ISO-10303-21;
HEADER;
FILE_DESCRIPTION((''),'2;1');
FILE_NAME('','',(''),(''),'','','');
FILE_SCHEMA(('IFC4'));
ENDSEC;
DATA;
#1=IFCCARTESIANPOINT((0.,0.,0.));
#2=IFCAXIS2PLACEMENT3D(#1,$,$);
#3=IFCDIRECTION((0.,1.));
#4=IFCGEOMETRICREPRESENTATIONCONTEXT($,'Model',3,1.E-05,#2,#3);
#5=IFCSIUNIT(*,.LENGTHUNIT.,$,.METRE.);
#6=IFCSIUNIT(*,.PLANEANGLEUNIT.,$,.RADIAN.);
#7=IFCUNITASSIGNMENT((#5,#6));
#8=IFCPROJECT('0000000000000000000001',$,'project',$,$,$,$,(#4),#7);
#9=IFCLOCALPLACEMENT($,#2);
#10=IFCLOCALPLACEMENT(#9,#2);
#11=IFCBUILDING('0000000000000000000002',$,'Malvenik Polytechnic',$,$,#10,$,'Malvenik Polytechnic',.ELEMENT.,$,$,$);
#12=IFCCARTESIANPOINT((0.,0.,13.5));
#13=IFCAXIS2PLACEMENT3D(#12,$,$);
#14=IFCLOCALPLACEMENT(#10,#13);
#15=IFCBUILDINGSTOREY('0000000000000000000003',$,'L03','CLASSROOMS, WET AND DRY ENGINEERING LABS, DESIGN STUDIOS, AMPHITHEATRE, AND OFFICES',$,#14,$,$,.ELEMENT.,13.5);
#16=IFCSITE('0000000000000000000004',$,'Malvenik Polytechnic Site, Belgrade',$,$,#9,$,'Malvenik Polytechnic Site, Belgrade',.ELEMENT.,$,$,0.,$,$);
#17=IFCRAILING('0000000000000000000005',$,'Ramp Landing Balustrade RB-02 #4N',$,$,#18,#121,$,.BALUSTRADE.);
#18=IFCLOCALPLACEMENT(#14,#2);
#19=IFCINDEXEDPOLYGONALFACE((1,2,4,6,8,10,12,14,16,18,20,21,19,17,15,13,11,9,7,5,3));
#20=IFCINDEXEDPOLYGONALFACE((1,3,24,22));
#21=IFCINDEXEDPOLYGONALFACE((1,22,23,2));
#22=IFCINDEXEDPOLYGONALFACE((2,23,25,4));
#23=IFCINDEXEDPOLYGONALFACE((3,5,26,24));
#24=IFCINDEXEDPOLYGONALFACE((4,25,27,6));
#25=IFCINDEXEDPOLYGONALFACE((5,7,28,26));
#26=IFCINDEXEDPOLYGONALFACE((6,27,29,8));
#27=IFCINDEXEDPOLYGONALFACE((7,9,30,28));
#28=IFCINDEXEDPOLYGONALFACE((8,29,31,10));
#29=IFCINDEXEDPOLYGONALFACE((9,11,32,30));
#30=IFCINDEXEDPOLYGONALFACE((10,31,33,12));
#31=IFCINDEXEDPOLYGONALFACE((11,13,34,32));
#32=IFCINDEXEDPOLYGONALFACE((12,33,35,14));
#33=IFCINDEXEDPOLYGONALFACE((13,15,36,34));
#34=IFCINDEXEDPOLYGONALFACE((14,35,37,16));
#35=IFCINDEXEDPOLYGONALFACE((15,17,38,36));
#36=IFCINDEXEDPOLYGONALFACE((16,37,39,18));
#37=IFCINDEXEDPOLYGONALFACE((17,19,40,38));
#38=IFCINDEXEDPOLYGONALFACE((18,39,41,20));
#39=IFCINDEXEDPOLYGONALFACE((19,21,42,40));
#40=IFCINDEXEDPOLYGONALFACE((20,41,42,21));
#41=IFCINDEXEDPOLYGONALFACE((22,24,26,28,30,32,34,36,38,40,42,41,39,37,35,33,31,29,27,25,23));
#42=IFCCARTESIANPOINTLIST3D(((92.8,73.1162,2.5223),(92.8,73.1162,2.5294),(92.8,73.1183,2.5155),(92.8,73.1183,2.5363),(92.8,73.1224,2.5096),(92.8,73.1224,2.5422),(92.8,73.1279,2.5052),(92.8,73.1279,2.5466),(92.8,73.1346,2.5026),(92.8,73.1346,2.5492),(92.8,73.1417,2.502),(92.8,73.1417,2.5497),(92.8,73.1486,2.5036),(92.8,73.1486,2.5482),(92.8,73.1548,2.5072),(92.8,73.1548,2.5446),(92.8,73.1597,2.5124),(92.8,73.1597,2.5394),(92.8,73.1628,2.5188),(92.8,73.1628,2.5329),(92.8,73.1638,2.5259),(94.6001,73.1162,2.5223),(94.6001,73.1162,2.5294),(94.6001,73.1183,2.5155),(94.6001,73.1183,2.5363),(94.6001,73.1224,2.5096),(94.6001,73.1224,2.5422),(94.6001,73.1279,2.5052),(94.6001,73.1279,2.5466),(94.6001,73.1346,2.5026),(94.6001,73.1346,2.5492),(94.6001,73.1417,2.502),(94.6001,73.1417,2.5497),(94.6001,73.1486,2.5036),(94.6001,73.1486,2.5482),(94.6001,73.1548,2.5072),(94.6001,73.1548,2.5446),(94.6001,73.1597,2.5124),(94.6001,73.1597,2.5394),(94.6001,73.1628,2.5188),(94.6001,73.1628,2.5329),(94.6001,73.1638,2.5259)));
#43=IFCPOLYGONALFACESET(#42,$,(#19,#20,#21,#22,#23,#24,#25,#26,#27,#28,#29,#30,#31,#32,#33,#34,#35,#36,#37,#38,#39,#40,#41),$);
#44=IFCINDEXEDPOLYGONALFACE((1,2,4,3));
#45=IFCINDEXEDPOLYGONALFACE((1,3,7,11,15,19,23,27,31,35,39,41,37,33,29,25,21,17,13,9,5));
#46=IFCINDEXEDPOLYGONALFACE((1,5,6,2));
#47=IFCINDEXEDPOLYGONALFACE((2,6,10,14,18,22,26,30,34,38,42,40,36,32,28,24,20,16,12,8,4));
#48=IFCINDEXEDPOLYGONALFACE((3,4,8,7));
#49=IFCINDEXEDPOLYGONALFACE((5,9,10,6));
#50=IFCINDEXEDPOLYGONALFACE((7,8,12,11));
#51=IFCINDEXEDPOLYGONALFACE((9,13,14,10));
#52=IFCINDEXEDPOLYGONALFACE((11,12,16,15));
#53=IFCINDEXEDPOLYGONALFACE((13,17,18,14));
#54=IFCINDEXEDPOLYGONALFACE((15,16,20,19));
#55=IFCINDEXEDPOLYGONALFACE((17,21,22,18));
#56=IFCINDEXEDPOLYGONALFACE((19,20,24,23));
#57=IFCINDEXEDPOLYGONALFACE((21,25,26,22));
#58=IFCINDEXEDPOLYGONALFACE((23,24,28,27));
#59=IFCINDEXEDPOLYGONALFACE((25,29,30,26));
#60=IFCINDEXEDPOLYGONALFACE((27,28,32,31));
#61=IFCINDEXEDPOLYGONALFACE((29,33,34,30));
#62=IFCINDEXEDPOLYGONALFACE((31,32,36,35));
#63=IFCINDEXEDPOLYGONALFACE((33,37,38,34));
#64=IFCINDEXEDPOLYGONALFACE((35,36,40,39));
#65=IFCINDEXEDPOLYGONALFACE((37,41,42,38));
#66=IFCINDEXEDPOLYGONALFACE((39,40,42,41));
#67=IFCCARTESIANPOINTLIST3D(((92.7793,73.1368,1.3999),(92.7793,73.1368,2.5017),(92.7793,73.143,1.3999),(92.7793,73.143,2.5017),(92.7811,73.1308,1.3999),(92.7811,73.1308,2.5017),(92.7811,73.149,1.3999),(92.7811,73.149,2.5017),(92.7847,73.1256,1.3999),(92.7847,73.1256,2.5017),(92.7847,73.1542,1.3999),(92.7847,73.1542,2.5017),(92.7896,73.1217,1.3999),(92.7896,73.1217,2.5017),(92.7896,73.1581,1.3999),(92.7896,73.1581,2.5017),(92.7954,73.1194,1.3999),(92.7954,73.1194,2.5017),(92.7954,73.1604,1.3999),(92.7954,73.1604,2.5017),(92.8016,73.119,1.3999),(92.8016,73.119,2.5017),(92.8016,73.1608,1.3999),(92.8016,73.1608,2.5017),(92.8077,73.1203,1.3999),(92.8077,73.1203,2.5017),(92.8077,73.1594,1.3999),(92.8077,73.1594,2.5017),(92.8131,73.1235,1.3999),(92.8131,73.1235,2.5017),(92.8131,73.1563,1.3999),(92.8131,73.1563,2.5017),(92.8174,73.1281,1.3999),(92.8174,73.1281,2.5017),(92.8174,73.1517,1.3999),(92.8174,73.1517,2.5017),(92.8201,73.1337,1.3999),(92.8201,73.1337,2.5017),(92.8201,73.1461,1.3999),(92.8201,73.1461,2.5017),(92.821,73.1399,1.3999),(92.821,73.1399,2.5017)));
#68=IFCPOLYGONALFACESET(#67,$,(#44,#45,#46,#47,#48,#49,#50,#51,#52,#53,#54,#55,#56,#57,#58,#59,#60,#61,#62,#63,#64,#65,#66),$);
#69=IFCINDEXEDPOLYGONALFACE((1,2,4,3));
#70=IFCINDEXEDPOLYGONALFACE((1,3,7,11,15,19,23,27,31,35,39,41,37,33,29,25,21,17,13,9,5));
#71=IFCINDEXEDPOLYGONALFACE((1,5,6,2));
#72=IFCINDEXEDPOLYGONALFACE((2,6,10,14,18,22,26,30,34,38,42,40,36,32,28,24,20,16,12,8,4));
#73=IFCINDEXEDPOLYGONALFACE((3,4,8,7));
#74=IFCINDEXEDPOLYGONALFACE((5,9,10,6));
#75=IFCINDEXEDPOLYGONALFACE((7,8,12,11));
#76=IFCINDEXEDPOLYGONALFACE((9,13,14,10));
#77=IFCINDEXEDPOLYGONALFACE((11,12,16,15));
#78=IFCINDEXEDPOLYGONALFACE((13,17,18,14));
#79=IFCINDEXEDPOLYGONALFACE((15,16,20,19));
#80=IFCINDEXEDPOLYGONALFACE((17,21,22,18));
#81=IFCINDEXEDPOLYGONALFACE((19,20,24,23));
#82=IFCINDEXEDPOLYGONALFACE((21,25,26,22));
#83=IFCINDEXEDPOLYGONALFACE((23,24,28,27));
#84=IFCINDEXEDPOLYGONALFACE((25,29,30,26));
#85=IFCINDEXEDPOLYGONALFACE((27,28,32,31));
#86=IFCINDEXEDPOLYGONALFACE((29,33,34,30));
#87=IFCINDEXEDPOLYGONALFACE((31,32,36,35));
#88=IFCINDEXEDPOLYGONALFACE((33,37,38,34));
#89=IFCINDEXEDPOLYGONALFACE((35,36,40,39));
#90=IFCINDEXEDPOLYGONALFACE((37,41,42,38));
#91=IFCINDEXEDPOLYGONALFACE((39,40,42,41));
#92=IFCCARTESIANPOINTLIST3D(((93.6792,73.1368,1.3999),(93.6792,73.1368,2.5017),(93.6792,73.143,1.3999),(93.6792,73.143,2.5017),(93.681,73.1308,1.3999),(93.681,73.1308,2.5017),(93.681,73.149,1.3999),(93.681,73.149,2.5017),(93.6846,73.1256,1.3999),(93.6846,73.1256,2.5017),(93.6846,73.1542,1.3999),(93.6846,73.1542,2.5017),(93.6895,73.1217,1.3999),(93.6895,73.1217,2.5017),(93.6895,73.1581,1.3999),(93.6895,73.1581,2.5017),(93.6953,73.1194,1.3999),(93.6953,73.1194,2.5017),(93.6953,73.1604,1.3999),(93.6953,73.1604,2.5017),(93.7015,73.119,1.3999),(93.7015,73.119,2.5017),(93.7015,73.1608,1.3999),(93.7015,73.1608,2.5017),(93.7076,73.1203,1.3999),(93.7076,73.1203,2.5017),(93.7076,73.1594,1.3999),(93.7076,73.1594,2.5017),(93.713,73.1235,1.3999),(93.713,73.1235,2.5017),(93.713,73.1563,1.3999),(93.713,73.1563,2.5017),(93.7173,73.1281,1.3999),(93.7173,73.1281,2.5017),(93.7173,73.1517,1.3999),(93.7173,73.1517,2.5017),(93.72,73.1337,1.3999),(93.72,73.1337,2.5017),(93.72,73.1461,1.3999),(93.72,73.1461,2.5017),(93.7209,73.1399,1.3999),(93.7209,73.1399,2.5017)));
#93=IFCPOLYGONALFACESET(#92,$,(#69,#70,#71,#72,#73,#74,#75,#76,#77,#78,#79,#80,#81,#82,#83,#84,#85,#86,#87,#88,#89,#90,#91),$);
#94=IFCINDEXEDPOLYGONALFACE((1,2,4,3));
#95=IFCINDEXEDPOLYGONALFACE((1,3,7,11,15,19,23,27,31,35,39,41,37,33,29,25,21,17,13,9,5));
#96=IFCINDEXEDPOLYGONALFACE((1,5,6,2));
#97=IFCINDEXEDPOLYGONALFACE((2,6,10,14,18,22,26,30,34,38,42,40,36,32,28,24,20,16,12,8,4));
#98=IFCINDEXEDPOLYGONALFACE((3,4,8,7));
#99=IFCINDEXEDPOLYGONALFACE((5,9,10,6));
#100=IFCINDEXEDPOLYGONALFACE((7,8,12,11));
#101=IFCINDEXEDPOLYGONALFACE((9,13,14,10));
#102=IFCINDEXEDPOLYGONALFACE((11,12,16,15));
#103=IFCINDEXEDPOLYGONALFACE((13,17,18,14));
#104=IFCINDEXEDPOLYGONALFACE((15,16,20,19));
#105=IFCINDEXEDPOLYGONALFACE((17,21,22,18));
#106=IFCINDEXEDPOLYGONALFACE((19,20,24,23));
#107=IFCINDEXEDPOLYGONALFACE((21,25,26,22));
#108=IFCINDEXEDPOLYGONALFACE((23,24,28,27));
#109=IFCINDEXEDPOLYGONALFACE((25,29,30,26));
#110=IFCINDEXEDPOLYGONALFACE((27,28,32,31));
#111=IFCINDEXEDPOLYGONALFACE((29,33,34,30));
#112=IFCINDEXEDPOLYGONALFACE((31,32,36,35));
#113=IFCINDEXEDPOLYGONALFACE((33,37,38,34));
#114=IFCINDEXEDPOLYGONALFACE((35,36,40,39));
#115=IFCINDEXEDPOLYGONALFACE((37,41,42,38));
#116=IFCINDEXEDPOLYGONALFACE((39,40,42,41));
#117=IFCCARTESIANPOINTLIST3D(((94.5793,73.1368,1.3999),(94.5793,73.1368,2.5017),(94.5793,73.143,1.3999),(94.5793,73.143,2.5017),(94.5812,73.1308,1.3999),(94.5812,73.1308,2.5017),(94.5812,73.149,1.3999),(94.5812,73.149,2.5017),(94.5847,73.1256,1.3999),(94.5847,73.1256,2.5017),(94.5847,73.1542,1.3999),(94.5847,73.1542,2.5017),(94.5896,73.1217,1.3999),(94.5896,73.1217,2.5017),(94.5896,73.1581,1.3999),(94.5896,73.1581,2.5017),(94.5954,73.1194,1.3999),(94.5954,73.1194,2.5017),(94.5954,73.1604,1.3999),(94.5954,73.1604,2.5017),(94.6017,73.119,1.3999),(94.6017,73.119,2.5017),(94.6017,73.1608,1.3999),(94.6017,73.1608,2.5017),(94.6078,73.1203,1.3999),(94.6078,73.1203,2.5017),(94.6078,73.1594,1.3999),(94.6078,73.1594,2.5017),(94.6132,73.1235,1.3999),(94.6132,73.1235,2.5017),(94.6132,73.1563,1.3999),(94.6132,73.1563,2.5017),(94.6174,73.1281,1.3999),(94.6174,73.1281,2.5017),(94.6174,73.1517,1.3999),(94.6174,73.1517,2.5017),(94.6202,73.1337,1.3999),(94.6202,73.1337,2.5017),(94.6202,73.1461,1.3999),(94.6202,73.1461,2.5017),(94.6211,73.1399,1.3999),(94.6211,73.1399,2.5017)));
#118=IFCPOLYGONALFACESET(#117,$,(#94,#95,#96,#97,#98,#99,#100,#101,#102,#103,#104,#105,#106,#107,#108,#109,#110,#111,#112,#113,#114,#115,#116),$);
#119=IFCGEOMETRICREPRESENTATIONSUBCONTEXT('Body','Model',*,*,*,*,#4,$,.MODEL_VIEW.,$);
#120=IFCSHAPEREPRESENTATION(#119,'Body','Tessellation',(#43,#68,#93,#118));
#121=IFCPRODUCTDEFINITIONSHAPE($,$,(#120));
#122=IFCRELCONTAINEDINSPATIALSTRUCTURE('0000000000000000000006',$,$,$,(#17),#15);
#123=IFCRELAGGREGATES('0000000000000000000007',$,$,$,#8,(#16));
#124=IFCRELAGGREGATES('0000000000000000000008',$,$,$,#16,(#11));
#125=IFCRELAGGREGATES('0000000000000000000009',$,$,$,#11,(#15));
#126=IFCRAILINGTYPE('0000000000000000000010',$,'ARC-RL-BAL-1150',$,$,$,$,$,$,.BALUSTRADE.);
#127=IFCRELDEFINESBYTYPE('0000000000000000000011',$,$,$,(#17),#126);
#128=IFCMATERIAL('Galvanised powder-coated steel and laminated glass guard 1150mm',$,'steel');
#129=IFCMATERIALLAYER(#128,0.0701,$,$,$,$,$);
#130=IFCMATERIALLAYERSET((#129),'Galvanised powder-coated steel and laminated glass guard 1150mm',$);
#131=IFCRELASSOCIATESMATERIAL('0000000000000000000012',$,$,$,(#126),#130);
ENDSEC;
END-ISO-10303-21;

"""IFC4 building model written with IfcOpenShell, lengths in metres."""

from ifc_helpers import new_model, si_unit, direction, frame, origin, origin_2d, place, context, subcontext, project, spatial, circle, extrude, material, layer, layer_set, type_object, element, save


model = new_model("IFC4")

# Units and contexts
model_context = context("Model", 3, precision=1e-05, world=origin(), true_north=direction((0.0, 1.0)))
body_context = subcontext(model_context, "Body", "Model", "MODEL_VIEW")
ifc_project = project(units=[si_unit("LENGTHUNIT", "METRE"), si_unit("PLANEANGLEUNIT", "RADIAN")], contexts=[model_context])

# Site, building, storey
site_placement = place(None, origin())
site = spatial("IfcSite", under=ifc_project, at=site_placement, Name="Malvenik Polytechnic Site, Belgrade", LongName="Malvenik Polytechnic Site, Belgrade", CompositionType="ELEMENT", RefElevation=0.0)
building_placement = place(site_placement, origin())
building = spatial("IfcBuilding", under=site, at=building_placement, Name="Malvenik Polytechnic", LongName="Malvenik Polytechnic", CompositionType="ELEMENT")
storey_placement = place(building_placement, frame((0.0, 0.0, 13.5)))
storey = spatial("IfcBuildingStorey", under=building, at=storey_placement, Name="L03", Description="CLASSROOMS, WET AND DRY ENGINEERING LABS, DESIGN STUDIOS, AMPHITHEATRE, AND OFFICES", CompositionType="ELEMENT", Elevation=13.5)

# Railing
ifc_material_1 = material(Name="Galvanised powder-coated steel and laminated glass guard 1150mm", Category="steel")
ifc_layer_1 = layer(ifc_material_1, 0.0701)
ifc_layer_set_1 = layer_set([ifc_layer_1], Name="Galvanised powder-coated steel and laminated glass guard 1150mm")
railing_type_1 = type_object("IfcRailingType", Name="ARC-RL-BAL-1150", PredefinedType="BALUSTRADE", material=ifc_layer_set_1)
for number, where, name in (
    (1, (92.8, 73.1399, 1.3999), "Ramp Landing Balustrade RB-02 #4N"),
):
    element("IfcRailing", number, at=place(storey_placement, frame(where)), inside=storey, type_object=railing_type_1, Name=name, PredefinedType="BALUSTRADE", context=body_context, shape_type="SweptSolid", body=[
        extrude(circle(Radius=0.0239, at=origin_2d()), frame((0.0, 0.0, 1.126), z_axis=(1.0, 0.0, 0.0), x_axis=(0.0, 1.0, 0.0)), (0.0, 0.0, 1.0), 1.8),
        extrude(circle(Radius=0.021, at=origin_2d()), origin(), (0.0, 0.0, 1.0), 1.1018),
        extrude(circle(Radius=0.021, at=origin_2d()), frame((0.8999, 0.0, 0.0)), (0.0, 0.0, 1.0), 1.1018),
        extrude(circle(Radius=0.021, at=origin_2d()), frame((1.8, 0.0, 0.0)), (0.0, 0.0, 1.0), 1.1018),
    ])

save(model, "model.ifc")
